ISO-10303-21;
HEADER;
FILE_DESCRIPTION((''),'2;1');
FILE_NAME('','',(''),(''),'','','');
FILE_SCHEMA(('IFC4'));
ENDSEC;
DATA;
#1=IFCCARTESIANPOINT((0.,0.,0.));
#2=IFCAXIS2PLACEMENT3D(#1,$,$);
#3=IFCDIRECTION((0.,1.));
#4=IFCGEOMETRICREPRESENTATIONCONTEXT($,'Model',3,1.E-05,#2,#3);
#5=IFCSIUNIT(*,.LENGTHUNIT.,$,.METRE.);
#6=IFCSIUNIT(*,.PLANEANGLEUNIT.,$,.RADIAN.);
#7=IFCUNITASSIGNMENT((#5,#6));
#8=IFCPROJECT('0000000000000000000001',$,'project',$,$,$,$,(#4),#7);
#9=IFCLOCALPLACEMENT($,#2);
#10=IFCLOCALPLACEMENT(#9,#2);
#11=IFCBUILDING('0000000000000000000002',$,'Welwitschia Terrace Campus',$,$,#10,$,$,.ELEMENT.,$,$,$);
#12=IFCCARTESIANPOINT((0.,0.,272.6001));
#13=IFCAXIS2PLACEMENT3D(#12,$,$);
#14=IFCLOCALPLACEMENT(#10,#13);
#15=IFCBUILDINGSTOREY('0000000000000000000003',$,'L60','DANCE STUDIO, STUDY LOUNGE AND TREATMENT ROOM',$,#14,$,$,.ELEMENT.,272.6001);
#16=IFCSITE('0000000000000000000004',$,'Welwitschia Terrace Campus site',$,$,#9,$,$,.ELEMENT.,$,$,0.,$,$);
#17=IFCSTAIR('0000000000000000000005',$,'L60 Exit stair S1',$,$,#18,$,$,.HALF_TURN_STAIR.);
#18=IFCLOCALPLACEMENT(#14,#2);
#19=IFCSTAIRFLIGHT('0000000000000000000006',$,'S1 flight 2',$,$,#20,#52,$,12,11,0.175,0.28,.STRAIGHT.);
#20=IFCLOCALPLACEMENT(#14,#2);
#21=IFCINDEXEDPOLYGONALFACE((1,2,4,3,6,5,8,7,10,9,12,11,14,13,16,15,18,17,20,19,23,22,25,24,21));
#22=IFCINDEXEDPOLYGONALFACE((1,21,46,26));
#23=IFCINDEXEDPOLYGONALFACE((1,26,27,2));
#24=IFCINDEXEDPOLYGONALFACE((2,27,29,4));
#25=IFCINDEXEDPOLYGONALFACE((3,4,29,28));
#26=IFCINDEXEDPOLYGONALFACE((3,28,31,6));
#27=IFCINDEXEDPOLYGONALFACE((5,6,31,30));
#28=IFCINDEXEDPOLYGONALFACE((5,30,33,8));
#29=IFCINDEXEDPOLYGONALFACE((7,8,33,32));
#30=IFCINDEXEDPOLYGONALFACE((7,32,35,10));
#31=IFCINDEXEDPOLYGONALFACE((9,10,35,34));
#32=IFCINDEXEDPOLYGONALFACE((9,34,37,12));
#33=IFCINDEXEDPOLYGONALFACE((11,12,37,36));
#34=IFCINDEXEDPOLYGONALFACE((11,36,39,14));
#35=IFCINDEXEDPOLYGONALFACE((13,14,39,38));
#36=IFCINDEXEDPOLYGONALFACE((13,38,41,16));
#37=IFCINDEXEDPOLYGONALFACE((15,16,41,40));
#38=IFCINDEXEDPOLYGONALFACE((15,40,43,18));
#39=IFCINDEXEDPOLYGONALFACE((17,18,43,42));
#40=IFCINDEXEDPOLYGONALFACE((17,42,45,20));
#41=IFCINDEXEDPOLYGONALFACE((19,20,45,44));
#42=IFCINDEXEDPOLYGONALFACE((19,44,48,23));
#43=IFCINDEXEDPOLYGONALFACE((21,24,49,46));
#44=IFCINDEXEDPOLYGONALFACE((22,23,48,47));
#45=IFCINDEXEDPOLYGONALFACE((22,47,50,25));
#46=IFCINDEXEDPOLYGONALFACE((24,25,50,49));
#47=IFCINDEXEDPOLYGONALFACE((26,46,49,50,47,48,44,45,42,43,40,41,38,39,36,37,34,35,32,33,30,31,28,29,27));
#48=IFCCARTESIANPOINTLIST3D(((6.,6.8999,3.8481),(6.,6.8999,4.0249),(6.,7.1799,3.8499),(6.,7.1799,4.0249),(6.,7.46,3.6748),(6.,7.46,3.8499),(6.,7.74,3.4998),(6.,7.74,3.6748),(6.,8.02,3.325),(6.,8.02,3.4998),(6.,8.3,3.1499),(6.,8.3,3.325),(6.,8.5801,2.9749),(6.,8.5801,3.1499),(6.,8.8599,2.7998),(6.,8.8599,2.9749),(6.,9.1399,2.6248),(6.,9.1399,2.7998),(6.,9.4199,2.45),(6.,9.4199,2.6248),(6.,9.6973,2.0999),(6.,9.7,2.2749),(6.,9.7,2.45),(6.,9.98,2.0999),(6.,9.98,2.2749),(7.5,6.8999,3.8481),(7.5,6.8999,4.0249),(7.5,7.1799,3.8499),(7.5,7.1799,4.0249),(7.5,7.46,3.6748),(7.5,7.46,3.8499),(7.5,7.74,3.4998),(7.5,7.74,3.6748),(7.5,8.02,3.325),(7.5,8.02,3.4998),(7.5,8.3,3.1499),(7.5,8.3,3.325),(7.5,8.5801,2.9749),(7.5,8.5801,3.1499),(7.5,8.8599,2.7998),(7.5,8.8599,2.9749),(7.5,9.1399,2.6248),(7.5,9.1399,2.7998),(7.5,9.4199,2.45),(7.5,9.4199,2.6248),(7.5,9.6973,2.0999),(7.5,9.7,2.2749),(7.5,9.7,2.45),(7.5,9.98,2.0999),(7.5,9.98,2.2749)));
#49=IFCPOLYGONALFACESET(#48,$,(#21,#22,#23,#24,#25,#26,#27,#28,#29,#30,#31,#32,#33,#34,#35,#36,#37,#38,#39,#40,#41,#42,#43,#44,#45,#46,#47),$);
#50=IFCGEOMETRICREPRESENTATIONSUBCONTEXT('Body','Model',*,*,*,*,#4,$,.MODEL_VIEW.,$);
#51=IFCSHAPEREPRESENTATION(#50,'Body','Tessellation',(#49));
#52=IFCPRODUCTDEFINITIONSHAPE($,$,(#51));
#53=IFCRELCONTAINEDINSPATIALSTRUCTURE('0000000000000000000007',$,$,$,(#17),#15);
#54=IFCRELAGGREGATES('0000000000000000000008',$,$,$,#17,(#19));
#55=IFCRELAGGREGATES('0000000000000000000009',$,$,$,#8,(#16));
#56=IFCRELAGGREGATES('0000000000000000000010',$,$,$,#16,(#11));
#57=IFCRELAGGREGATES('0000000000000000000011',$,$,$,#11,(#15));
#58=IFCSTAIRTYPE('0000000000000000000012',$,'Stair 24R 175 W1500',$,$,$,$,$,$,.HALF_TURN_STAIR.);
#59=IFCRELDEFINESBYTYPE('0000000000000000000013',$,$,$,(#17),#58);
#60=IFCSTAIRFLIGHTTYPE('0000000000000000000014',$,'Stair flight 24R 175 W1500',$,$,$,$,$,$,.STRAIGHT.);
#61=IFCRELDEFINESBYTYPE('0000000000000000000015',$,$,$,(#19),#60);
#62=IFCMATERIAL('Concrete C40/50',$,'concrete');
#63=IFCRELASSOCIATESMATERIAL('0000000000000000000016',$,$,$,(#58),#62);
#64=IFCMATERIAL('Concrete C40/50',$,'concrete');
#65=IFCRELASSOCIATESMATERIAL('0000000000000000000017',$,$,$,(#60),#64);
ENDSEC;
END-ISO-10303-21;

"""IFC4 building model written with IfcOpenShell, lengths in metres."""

from ifc_helpers import new_model, si_unit, direction, frame, origin, place, context, subcontext, project, spatial, polyline, outline, extrude, material, type_object, element, aggregate, save


model = new_model("IFC4")

# Units and contexts
model_context = context("Model", 3, precision=1e-05, world=origin(), true_north=direction((0.0, 1.0)))
body_context = subcontext(model_context, "Body", "Model", "MODEL_VIEW")
ifc_project = project(units=[si_unit("LENGTHUNIT", "METRE"), si_unit("PLANEANGLEUNIT", "RADIAN")], contexts=[model_context])

# Site, building, storey
site_placement = place(None, origin())
site = spatial("IfcSite", under=ifc_project, at=site_placement, Name="Welwitschia Terrace Campus site", CompositionType="ELEMENT", RefElevation=0.0)
building_placement = place(site_placement, origin())
building = spatial("IfcBuilding", under=site, at=building_placement, Name="Welwitschia Terrace Campus", CompositionType="ELEMENT")
storey_placement = place(building_placement, frame((0.0, 0.0, 272.6001)))
storey = spatial("IfcBuildingStorey", under=building, at=storey_placement, Name="L60", Description="DANCE STUDIO, STUDY LOUNGE AND TREATMENT ROOM", CompositionType="ELEMENT", Elevation=272.6001)

# Stair, stair flight
ifc_material_1 = material(Name="Concrete C40/50", Category="concrete")
stair_type = type_object("IfcStairType", Name="Stair 24R 175 W1500", PredefinedType="HALF_TURN_STAIR", material=ifc_material_1)
stair_placement = place(storey_placement, origin())
stair = element("IfcStair", 1, at=stair_placement, inside=storey, type_object=stair_type, Name="L60 Exit stair S1", PredefinedType="HALF_TURN_STAIR")
ifc_material_2 = material(Name="Concrete C40/50", Category="concrete")
stair_flight_type = type_object("IfcStairFlightType", Name="Stair flight 24R 175 W1500", PredefinedType="STRAIGHT", material=ifc_material_2)
stair_flight_1_placement = place(storey_placement, frame((6.75, 9.98, 2.0999), z_axis=(0.0, 0.0, 1.0), x_axis=(0.0, -1.0, 0.0)))
stair_flight_1 = element("IfcStairFlight", 2, at=stair_flight_1_placement, type_object=stair_flight_type, Name="S1 flight 2", NumberOfRisers=12, NumberOfTreads=11, PredefinedType="STRAIGHT", RiserHeight=0.175, TreadLength=0.28, context=body_context, shape_type="SweptSolid", body=[
    extrude(outline(polyline([(0.0, 0.0), (0.0, 0.175), (0.28, 0.175), (0.28, 0.3501), (0.5601, 0.3501), (0.5601, 0.5249), (0.8401, 0.5249), (0.8401, 0.7), (1.1201, 0.7), (1.1201, 0.875), (1.3999, 0.875), (1.3999, 1.05), (1.6799, 1.05), (1.6799, 1.2251), (1.96, 1.2251), (1.96, 1.3999), (2.24, 1.3999), (2.24, 1.575), (2.52, 1.575), (2.52, 1.75), (2.8, 1.75), (2.8, 1.925), (3.0801, 1.925), (3.0801, 2.1001), (3.0801, 1.7483), (0.2827, 0.0), (0.0, 0.0)])), frame((0.0, 0.75, 0.0), z_axis=(0.0, -1.0, 0.0), x_axis=(1.0, 0.0, 0.0)), (0.0, 0.0, 1.0), 1.5),
])
aggregate(stair, [stair_flight_1])

save(model, "model.ifc")
